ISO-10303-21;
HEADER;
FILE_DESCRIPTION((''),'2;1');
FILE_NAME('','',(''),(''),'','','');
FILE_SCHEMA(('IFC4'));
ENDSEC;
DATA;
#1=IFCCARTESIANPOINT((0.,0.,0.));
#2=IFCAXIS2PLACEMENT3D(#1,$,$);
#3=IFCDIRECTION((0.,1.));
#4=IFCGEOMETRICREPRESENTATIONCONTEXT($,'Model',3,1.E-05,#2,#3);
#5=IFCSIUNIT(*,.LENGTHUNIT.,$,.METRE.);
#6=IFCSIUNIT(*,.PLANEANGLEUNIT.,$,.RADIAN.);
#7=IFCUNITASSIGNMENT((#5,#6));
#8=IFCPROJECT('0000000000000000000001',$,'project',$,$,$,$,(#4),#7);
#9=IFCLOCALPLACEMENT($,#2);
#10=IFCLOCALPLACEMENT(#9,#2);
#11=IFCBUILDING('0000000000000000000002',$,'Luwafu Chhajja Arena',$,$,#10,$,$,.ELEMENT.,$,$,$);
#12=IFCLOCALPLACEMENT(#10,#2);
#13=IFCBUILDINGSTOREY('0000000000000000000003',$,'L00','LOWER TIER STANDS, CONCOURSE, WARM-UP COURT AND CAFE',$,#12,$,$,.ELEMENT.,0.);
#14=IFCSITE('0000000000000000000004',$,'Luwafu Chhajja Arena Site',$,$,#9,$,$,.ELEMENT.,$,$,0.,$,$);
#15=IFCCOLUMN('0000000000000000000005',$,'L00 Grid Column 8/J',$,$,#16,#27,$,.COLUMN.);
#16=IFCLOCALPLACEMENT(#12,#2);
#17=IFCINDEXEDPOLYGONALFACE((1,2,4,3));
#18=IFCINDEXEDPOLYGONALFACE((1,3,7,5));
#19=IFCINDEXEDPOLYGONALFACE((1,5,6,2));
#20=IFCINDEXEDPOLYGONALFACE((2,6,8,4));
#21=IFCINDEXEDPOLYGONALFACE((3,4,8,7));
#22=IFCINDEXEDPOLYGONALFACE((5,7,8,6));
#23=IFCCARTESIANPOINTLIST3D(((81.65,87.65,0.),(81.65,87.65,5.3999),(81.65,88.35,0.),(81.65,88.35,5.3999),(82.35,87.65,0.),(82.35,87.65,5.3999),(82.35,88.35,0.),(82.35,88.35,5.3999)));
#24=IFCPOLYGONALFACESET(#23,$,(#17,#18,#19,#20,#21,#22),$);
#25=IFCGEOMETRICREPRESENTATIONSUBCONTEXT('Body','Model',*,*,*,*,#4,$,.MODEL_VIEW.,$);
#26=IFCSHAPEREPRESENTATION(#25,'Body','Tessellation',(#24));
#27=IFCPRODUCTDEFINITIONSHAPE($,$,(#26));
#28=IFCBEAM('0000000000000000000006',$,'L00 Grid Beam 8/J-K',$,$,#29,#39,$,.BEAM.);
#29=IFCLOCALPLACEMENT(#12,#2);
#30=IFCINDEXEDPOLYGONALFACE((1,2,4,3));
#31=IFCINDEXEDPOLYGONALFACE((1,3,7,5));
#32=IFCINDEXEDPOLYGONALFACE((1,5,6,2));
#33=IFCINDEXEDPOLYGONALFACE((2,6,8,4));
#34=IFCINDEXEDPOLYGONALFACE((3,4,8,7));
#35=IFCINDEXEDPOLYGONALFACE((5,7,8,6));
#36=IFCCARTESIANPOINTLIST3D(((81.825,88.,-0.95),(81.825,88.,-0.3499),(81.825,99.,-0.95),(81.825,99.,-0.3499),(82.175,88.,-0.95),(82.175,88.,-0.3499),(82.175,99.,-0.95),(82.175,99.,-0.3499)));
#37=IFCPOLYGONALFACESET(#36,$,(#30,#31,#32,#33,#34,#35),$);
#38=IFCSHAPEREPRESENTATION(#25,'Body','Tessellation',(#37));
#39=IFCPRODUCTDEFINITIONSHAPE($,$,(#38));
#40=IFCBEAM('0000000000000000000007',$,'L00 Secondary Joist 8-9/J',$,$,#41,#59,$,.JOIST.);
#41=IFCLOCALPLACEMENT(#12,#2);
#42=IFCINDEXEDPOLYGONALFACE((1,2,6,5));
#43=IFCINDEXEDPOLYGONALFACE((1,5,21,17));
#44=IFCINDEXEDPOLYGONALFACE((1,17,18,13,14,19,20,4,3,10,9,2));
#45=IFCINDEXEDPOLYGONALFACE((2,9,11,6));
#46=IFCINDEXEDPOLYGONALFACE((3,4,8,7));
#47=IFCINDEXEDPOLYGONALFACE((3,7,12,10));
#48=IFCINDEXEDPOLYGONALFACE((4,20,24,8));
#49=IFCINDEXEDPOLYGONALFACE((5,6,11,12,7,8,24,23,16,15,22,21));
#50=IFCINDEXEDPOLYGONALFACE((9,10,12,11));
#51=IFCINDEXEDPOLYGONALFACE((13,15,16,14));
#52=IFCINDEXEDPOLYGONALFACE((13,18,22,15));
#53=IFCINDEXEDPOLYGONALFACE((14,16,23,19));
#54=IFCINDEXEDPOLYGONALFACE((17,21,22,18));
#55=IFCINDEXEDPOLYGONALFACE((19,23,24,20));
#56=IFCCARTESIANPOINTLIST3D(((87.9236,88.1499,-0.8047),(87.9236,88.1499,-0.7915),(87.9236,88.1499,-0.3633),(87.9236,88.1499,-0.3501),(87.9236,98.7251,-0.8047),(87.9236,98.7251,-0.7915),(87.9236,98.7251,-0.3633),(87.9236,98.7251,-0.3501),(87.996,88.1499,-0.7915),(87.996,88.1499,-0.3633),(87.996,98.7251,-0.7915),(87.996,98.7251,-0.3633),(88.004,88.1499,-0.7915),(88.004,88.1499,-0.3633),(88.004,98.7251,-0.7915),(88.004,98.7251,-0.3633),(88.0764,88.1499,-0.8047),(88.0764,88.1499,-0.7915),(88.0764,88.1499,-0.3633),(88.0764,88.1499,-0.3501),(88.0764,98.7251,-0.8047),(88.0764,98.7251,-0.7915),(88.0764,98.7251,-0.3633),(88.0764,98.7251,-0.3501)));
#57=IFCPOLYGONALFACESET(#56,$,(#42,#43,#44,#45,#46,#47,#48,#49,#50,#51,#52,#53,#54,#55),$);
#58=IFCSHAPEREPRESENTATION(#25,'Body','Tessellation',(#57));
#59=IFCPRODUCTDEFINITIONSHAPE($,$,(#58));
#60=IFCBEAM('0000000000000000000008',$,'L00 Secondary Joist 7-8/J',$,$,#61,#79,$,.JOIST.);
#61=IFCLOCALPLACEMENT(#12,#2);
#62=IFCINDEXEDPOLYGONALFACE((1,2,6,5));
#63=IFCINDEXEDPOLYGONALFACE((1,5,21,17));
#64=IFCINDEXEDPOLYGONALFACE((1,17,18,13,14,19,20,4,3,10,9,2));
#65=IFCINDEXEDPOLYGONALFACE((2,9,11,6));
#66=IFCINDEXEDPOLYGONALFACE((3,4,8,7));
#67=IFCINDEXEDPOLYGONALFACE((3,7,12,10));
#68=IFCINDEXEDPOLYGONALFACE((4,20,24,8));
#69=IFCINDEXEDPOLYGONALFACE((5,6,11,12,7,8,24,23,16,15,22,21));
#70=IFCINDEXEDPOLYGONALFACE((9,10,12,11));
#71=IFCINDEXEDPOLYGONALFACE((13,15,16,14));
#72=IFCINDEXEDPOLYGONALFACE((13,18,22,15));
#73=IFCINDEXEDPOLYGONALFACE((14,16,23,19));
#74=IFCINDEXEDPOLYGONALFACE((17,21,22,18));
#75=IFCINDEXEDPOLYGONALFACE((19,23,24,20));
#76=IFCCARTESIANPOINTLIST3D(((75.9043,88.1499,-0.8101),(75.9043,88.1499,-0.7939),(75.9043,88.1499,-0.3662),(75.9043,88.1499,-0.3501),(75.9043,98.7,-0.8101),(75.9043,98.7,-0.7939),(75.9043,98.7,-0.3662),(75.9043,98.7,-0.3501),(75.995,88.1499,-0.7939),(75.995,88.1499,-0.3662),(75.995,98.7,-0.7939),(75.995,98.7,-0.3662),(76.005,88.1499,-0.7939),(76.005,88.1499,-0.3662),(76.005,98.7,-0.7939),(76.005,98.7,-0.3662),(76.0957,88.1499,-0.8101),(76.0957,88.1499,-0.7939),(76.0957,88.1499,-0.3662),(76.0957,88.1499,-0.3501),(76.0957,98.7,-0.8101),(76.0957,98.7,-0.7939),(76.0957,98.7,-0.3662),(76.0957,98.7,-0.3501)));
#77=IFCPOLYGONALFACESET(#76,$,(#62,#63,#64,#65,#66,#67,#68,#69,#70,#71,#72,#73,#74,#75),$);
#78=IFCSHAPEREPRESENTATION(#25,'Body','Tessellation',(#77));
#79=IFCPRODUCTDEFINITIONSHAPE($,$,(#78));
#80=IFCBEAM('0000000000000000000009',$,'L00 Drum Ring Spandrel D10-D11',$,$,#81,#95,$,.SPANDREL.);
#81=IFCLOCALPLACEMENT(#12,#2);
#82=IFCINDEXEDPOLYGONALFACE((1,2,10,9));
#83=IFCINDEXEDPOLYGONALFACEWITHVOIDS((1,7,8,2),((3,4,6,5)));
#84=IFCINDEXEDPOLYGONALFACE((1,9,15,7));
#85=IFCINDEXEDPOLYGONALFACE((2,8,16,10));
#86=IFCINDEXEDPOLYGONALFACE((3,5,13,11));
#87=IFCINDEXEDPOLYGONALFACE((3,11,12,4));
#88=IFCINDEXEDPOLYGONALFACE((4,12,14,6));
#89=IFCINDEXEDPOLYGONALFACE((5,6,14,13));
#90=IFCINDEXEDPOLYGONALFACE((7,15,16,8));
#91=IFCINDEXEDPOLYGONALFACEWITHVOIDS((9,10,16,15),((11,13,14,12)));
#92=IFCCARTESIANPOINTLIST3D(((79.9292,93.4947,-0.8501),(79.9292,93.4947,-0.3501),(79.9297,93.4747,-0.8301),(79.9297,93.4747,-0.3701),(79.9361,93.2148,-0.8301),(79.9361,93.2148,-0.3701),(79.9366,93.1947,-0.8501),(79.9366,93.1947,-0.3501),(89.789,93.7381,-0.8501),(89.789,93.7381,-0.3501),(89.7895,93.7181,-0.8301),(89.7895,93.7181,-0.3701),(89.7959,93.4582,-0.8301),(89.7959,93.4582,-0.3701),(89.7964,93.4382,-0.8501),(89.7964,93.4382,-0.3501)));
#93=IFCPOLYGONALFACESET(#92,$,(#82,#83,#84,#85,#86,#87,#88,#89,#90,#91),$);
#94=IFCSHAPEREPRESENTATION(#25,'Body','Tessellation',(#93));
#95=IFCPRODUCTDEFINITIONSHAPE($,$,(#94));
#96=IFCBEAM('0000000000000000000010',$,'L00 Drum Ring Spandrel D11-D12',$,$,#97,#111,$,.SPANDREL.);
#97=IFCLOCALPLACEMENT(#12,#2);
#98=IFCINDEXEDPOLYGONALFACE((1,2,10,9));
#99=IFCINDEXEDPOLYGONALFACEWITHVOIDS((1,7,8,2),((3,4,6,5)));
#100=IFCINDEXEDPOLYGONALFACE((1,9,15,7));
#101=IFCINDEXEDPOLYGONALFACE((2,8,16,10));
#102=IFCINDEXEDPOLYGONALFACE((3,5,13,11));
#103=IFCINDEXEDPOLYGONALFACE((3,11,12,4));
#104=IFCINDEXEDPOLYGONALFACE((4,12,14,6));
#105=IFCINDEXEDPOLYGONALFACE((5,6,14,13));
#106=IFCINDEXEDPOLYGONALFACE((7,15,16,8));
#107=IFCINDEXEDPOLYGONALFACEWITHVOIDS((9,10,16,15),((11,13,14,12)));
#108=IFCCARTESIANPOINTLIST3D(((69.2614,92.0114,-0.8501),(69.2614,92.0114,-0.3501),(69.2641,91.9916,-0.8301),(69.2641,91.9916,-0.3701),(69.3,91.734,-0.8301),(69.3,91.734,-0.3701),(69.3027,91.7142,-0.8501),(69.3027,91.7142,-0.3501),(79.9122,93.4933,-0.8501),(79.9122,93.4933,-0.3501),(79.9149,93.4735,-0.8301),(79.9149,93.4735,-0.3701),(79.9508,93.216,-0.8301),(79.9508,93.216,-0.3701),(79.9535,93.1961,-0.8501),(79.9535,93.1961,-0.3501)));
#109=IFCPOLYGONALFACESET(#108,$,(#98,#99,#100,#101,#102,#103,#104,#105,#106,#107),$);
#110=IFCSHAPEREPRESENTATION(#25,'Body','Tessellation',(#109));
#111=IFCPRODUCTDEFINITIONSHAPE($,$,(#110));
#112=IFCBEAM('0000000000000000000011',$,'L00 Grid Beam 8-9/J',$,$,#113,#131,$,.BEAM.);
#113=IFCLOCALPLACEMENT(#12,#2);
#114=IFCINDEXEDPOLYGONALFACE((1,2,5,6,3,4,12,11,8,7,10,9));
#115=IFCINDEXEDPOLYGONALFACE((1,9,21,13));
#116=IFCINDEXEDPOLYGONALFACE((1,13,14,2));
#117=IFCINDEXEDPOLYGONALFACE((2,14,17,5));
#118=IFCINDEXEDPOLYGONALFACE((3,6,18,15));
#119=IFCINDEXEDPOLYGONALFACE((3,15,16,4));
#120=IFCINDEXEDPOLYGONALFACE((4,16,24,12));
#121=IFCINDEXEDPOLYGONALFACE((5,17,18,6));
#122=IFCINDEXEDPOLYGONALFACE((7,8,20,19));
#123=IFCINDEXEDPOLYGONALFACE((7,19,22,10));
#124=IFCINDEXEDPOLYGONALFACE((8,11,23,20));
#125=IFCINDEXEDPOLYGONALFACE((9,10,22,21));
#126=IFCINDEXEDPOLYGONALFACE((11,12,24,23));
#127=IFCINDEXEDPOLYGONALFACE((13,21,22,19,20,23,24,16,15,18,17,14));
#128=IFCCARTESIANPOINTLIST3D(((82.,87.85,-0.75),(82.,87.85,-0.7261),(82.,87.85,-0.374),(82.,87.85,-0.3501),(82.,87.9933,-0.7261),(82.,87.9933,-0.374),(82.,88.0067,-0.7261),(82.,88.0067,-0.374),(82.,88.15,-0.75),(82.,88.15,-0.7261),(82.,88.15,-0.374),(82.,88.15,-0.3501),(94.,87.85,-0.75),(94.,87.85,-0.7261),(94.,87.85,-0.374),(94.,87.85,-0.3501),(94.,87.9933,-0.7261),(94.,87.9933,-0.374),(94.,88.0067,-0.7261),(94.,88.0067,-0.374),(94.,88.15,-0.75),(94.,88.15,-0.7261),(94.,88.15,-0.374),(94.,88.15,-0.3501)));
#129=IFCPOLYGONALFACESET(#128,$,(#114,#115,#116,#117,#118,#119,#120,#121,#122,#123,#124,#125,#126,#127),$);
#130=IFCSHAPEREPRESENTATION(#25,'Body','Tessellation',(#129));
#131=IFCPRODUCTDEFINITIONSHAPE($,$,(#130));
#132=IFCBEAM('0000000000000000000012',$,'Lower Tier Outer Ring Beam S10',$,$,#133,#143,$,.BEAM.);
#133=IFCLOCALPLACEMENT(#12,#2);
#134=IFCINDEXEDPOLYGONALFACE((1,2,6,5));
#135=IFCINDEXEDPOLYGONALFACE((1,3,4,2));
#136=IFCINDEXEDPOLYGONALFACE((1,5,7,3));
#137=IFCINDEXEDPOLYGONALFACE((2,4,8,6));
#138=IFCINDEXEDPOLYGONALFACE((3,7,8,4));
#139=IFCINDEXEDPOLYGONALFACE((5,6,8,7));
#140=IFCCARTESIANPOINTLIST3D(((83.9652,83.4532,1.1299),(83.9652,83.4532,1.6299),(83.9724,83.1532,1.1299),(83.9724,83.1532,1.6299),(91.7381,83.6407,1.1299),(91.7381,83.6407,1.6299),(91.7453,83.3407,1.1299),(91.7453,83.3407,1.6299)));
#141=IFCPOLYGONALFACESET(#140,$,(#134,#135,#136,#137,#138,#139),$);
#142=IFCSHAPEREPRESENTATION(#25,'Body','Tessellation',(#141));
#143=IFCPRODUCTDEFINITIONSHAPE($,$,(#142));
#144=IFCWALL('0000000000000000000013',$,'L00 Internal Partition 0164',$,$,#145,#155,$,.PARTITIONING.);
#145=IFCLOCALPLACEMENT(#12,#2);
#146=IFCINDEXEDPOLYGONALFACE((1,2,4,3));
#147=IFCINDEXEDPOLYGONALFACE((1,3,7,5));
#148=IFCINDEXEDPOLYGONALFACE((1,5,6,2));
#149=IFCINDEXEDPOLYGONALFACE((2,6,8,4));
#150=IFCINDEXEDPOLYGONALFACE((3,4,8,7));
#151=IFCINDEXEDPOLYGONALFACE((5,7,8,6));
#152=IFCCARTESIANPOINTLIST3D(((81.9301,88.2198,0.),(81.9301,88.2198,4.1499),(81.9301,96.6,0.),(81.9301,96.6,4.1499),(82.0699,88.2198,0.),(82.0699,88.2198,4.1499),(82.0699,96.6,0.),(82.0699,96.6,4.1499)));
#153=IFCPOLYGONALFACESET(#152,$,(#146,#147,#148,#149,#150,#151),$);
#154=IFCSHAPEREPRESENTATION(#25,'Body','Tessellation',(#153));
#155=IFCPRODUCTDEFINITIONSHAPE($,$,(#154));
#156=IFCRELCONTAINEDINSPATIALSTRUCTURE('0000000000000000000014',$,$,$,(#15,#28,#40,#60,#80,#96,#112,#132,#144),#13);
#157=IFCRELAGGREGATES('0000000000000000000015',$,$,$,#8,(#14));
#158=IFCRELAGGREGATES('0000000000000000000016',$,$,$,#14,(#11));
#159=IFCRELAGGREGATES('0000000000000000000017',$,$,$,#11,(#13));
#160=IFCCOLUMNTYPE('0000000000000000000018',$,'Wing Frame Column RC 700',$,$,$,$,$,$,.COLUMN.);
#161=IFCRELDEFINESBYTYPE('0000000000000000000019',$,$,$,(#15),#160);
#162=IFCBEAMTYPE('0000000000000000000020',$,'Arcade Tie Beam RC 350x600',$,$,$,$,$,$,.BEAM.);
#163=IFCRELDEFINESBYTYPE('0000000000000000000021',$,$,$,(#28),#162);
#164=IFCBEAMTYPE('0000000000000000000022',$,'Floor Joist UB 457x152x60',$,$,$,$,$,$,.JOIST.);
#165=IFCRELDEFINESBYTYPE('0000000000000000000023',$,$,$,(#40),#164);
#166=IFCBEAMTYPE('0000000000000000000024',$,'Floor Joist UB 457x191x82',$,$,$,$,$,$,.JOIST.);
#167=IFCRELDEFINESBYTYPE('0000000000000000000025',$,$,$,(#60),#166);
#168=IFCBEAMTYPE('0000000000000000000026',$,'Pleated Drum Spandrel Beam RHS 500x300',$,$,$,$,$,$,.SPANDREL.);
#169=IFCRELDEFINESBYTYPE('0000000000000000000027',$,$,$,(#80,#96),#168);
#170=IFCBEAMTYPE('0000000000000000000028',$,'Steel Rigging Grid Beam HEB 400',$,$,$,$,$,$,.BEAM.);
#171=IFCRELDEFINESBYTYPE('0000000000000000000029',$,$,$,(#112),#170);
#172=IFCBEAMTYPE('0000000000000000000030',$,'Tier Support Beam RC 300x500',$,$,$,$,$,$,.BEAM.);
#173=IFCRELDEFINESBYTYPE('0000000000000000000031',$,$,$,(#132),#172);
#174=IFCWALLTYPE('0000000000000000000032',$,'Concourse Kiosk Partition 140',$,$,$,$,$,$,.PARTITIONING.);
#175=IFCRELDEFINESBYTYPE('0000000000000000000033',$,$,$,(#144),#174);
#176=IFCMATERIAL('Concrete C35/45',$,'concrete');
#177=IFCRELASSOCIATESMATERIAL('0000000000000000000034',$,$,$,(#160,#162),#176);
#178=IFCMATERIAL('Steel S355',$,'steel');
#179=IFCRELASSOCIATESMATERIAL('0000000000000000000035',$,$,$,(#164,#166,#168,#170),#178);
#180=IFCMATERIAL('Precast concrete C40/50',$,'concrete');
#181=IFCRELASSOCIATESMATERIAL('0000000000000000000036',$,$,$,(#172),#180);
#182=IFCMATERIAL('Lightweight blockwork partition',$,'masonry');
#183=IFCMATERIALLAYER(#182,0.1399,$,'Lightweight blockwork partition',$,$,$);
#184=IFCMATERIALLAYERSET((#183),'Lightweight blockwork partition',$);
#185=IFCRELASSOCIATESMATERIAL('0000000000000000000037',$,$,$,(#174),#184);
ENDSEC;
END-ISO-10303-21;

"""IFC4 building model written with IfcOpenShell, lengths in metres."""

from ifc_helpers import new_model, si_unit, direction, frame, frame_2d, origin, origin_2d, place, context, subcontext, project, spatial, rectangle, hollow_rectangle, i_section, extrude, material, layer, layer_set, material_profile, profile_set, type_object, element, save


model = new_model("IFC4")

# Units and contexts
model_context = context("Model", 3, precision=1e-05, world=origin(), true_north=direction((0.0, 1.0)))
body_context = subcontext(model_context, "Body", "Model", "MODEL_VIEW")
ifc_project = project(units=[si_unit("LENGTHUNIT", "METRE"), si_unit("PLANEANGLEUNIT", "RADIAN")], contexts=[model_context])

# Site, building, storey
site_placement = place(None, origin())
site = spatial("IfcSite", under=ifc_project, at=site_placement, Name="Luwafu Chhajja Arena Site", CompositionType="ELEMENT", RefElevation=0.0)
building_placement = place(site_placement, origin())
building = spatial("IfcBuilding", under=site, at=building_placement, Name="Luwafu Chhajja Arena", CompositionType="ELEMENT")
storey_placement = place(building_placement, origin())
storey = spatial("IfcBuildingStorey", under=building, at=storey_placement, Name="L00", Description="LOWER TIER STANDS, CONCOURSE, WARM-UP COURT AND CAFE", CompositionType="ELEMENT", Elevation=0.0)

# Column
ifc_material_1 = material(Name="Concrete C35/45", Category="concrete")
ifc_material_2 = material(Name="Steel S355", Category="steel")
ifc_material_profile_1 = material_profile(ifc_material_1, rectangle(XDim=0.7, YDim=0.7, at=origin_2d()), Name="RC 700x700")
ifc_profile_set_1 = profile_set([ifc_material_profile_1], Name="Concrete C35/45")
column_type_1 = type_object("IfcColumnType", Name="Wing Frame Column RC 700", PredefinedType="COLUMN", material=ifc_profile_set_1)
column_1_placement = place(storey_placement, frame((82.0, 88.0, 0.0), z_axis=(0.0, 0.0, 1.0), x_axis=(1.0, 0.0, 0.0)))
element("IfcColumn", 1, at=column_1_placement, inside=storey, type_object=column_type_1, Name="L00 Grid Column 8/J", PredefinedType="COLUMN", context=body_context, shape_type="SweptSolid", body=[
    extrude(rectangle(XDim=0.7, YDim=0.7, at=origin_2d()), origin(), (0.0, 0.0, 1.0), 5.3999),
])

# Beams
ifc_material_profile_2 = material_profile(ifc_material_1, rectangle(XDim=0.3501, YDim=0.6001, at=origin_2d()), Name="RC 350x600")
ifc_profile_set_2 = profile_set([ifc_material_profile_2], Name="Concrete C35/45")
beam_type_1 = type_object("IfcBeamType", Name="Arcade Tie Beam RC 350x600", PredefinedType="BEAM", material=ifc_profile_set_2)
beam_1_placement = place(storey_placement, frame((82.0, 88.0, -0.6499), z_axis=(0.0, 1.0, 0.0), x_axis=(-1.0, 0.0, 0.0)))
element("IfcBeam", 2, at=beam_1_placement, inside=storey, type_object=beam_type_1, Name="L00 Grid Beam 8/J-K", PredefinedType="BEAM", context=body_context, shape_type="SweptSolid", body=[
    extrude(rectangle(XDim=0.3501, YDim=0.6001, at=origin_2d()), origin(), (0.0, 0.0, 1.0), 11.0),
])
ifc_material_profile_3 = material_profile(ifc_material_2, i_section(OverallWidth=0.1528, OverallDepth=0.4546, WebThickness=0.0081, FlangeThickness=0.0132, at=origin_2d()), Name="UB 457x152x60")
ifc_profile_set_3 = profile_set([ifc_material_profile_3], Name="Steel S355")
beam_type_2 = type_object("IfcBeamType", Name="Floor Joist UB 457x152x60", PredefinedType="JOIST", material=ifc_profile_set_3)
beam_2_placement = place(storey_placement, frame((88.0, 88.1499, -0.5774), z_axis=(0.0, 1.0, 0.0), x_axis=(-1.0, 0.0, 0.0)))
element("IfcBeam", 3, at=beam_2_placement, inside=storey, type_object=beam_type_2, Name="L00 Secondary Joist 8-9/J", PredefinedType="JOIST", context=body_context, shape_type="SweptSolid", body=[
    extrude(i_section(OverallWidth=0.1528, OverallDepth=0.4546, WebThickness=0.0081, FlangeThickness=0.0132, at=origin_2d()), origin(), (0.0, 0.0, 1.0), 10.5752),
])
ifc_material_profile_4 = material_profile(ifc_material_2, i_section(OverallWidth=0.1914, OverallDepth=0.46, WebThickness=0.01, FlangeThickness=0.0161, at=origin_2d()), Name="UB 457x191x82")
ifc_profile_set_4 = profile_set([ifc_material_profile_4], Name="Steel S355")
beam_type_3 = type_object("IfcBeamType", Name="Floor Joist UB 457x191x82", PredefinedType="JOIST", material=ifc_profile_set_4)
beam_3_placement = place(storey_placement, frame((76.0, 88.1499, -0.5801), z_axis=(0.0, 1.0, 0.0), x_axis=(-1.0, 0.0, 0.0)))
element("IfcBeam", 4, at=beam_3_placement, inside=storey, type_object=beam_type_3, Name="L00 Secondary Joist 7-8/J", PredefinedType="JOIST", context=body_context, shape_type="SweptSolid", body=[
    extrude(i_section(OverallWidth=0.1914, OverallDepth=0.46, WebThickness=0.01, FlangeThickness=0.0161, at=origin_2d()), origin(), (0.0, 0.0, 1.0), 10.55),
])
ifc_material_profile_5 = material_profile(ifc_material_2, hollow_rectangle(XDim=0.3, YDim=0.5, WallThickness=0.02, at=origin_2d()), Name="RHS 500x300x20")
ifc_profile_set_5 = profile_set([ifc_material_profile_5], Name="Steel S355")
beam_type_4 = type_object("IfcBeamType", Name="Pleated Drum Spandrel Beam RHS 500x300", PredefinedType="SPANDREL", material=ifc_profile_set_5)
beam_4_placement = place(storey_placement, frame((89.7927, 93.5881, -0.6001), z_axis=(-0.999695, -0.024679, 0.0), x_axis=(0.024679, -0.999695, 0.0)))
element("IfcBeam", 5, at=beam_4_placement, inside=storey, type_object=beam_type_4, Name="L00 Drum Ring Spandrel D10-D11", PredefinedType="SPANDREL", context=body_context, shape_type="SweptSolid", body=[
    extrude(hollow_rectangle(XDim=0.3, YDim=0.5, WallThickness=0.02, at=origin_2d()), origin(), (0.0, 0.0, 1.0), 9.8628),
])
beam_5_placement = place(storey_placement, frame((79.9329, 93.3447, -0.6001), z_axis=(-0.990459, -0.13781, 0.0), x_axis=(0.13781, -0.990459, 0.0)))
element("IfcBeam", 6, at=beam_5_placement, inside=storey, type_object=beam_type_4, Name="L00 Drum Ring Spandrel D11-D12", PredefinedType="SPANDREL", context=body_context, shape_type="SweptSolid", body=[
    extrude(hollow_rectangle(XDim=0.3, YDim=0.5, WallThickness=0.02, at=origin_2d()), origin(), (0.0, 0.0, 1.0), 10.7534),
])
ifc_material_profile_6 = material_profile(ifc_material_2, i_section(OverallWidth=0.3, OverallDepth=0.3999, WebThickness=0.0134, FlangeThickness=0.0239, at=origin_2d()), Name="HEB 400")
ifc_profile_set_6 = profile_set([ifc_material_profile_6], Name="Steel S355")
beam_type_5 = type_object("IfcBeamType", Name="Steel Rigging Grid Beam HEB 400", PredefinedType="BEAM", material=ifc_profile_set_6)
beam_6_placement = place(storey_placement, frame((82.0, 88.0, -0.55), z_axis=(1.0, 0.0, 0.0), x_axis=(0.0, 1.0, 0.0)))
element("IfcBeam", 7, at=beam_6_placement, inside=storey, type_object=beam_type_5, Name="L00 Grid Beam 8-9/J", PredefinedType="BEAM", context=body_context, shape_type="SweptSolid", body=[
    extrude(i_section(OverallWidth=0.3, OverallDepth=0.3999, WebThickness=0.0134, FlangeThickness=0.0239, at=origin_2d()), origin(), (0.0, 0.0, 1.0), 12.0),
])
ifc_material_3 = material(Name="Precast concrete C40/50", Category="concrete")
ifc_material_profile_7 = material_profile(ifc_material_3, rectangle(XDim=0.3, YDim=0.5, at=origin_2d()), Name="RC 300x500")
ifc_profile_set_7 = profile_set([ifc_material_profile_7], Name="Precast concrete C40/50")
beam_type_6 = type_object("IfcBeamType", Name="Tier Support Beam RC 300x500", PredefinedType="BEAM", material=ifc_profile_set_7)
beam_7_placement = place(storey_placement, frame((91.7417, 83.4907, 1.3799), z_axis=(-0.999709, -0.024115, 0.0), x_axis=(0.024115, -0.999709, 0.0)))
element("IfcBeam", 8, at=beam_7_placement, inside=storey, type_object=beam_type_6, Name="Lower Tier Outer Ring Beam S10", PredefinedType="BEAM", context=body_context, shape_type="SweptSolid", body=[
    extrude(rectangle(XDim=0.3, YDim=0.5, at=origin_2d()), origin(), (0.0, 0.0, 1.0), 7.7751),
])

# Wall
ifc_material_4 = material(Name="Lightweight blockwork partition", Category="masonry")
ifc_layer_1 = layer(ifc_material_4, 0.1399, Name="Lightweight blockwork partition")
ifc_layer_set_1 = layer_set([ifc_layer_1], Name="Lightweight blockwork partition")
wall_type = type_object("IfcWallType", Name="Concourse Kiosk Partition 140", PredefinedType="PARTITIONING", material=ifc_layer_set_1)
wall_placement = place(storey_placement, frame((82.0, 88.22, 0.0), z_axis=(0.0, 0.0, 1.0), x_axis=(0.0, 1.0, 0.0)))
element("IfcWall", 9, at=wall_placement, inside=storey, type_object=wall_type, Name="L00 Internal Partition 0164", PredefinedType="PARTITIONING", context=body_context, shape_type="SweptSolid", body=[
    extrude(rectangle(XDim=8.3801, YDim=0.1399, at=frame_2d((4.1899, 0.0))), origin(), (0.0, 0.0, 1.0), 4.1499),
])

save(model, "model.ifc")
